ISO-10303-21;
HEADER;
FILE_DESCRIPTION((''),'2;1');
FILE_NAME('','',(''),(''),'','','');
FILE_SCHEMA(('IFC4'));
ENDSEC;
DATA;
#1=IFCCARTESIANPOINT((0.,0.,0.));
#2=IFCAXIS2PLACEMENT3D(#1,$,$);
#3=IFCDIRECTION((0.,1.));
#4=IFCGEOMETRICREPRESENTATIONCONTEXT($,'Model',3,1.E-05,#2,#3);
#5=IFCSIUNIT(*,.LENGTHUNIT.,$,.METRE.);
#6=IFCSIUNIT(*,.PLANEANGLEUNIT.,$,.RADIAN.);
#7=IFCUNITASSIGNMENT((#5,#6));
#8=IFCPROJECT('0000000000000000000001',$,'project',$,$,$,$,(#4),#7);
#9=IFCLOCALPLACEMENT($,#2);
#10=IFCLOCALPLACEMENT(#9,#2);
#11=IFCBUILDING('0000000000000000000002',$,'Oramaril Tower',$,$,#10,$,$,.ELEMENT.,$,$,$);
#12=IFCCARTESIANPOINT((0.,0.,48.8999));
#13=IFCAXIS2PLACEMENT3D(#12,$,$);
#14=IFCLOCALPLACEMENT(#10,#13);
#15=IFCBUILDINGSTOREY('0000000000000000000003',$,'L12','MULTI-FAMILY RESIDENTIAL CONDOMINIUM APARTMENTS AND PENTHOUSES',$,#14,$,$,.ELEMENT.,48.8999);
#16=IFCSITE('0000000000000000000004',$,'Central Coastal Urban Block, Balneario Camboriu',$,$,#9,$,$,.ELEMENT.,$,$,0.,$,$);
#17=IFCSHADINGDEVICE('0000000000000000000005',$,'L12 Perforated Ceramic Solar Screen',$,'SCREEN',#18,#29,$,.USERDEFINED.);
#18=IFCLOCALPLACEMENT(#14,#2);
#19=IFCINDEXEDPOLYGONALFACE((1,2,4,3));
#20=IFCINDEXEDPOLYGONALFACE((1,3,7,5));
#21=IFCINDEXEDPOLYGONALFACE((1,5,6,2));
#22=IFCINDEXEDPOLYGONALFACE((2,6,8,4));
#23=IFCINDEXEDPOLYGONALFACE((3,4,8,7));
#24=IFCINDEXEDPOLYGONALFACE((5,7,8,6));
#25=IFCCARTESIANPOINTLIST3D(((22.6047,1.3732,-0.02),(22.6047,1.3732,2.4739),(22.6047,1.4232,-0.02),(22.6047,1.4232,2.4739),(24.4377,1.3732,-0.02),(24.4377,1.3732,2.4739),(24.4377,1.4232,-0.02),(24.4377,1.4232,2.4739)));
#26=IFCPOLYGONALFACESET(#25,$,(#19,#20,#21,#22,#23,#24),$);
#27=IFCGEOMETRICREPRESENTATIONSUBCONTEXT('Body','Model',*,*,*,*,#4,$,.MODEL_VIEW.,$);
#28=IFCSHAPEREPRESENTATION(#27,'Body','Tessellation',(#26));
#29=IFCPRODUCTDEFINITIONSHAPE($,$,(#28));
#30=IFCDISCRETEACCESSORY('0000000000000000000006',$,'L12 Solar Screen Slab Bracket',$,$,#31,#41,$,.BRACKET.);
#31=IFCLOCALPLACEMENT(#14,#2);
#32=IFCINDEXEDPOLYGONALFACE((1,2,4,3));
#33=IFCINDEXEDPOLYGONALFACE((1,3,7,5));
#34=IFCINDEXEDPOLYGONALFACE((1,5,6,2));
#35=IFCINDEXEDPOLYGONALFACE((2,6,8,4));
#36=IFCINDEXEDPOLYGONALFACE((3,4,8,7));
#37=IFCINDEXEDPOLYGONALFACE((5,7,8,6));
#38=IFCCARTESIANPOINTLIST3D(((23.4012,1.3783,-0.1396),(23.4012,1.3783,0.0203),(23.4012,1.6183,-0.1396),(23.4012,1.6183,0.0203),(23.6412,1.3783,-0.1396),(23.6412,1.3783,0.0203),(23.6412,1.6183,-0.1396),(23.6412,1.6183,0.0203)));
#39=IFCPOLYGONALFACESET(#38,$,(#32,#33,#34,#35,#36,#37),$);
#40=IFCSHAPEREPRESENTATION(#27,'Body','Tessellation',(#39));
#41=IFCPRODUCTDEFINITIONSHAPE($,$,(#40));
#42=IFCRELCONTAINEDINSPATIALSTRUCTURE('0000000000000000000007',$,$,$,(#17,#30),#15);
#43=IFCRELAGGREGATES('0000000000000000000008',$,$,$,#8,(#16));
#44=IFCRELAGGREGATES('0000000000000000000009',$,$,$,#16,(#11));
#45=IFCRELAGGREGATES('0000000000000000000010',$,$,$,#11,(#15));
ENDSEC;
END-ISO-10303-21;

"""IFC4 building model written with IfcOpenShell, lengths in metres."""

from ifc_helpers import new_model, si_unit, direction, frame, origin, origin_2d, place, context, subcontext, project, spatial, rectangle, extrude, element, save


model = new_model("IFC4")

# Units and contexts
model_context = context("Model", 3, precision=1e-05, world=origin(), true_north=direction((0.0, 1.0)))
body_context = subcontext(model_context, "Body", "Model", "MODEL_VIEW")
ifc_project = project(units=[si_unit("LENGTHUNIT", "METRE"), si_unit("PLANEANGLEUNIT", "RADIAN")], contexts=[model_context])

# Site, building, storey
site_placement = place(None, origin())
site = spatial("IfcSite", under=ifc_project, at=site_placement, Name="Central Coastal Urban Block, Balneario Camboriu", CompositionType="ELEMENT", RefElevation=0.0)
building_placement = place(site_placement, origin())
building = spatial("IfcBuilding", under=site, at=building_placement, Name="Oramaril Tower", CompositionType="ELEMENT")
storey_placement = place(building_placement, frame((0.0, 0.0, 48.8999)))
storey = spatial("IfcBuildingStorey", under=building, at=storey_placement, Name="L12", Description="MULTI-FAMILY RESIDENTIAL CONDOMINIUM APARTMENTS AND PENTHOUSES", CompositionType="ELEMENT", Elevation=48.8999)

# Shading device
shading_device_placement = place(storey_placement, frame((23.5212, 1.3982, -0.02), z_axis=(0.0, 0.0, 1.0), x_axis=(1.0, 0.0, 0.0)))
element("IfcShadingDevice", 1, at=shading_device_placement, inside=storey, Name="L12 Perforated Ceramic Solar Screen", ObjectType="SCREEN", PredefinedType="USERDEFINED", context=body_context, shape_type="SweptSolid", body=[
    extrude(rectangle(XDim=1.833, YDim=0.05, at=origin_2d()), origin(), (0.0, 0.0, 1.0), 2.4939),
])

# Discrete accessory
discrete_accessory_placement = place(storey_placement, frame((23.5212, 1.4983, -0.1396), z_axis=(0.0, 0.0, 1.0), x_axis=(1.0, 0.0, 0.0)))
element("IfcDiscreteAccessory", 2, at=discrete_accessory_placement, inside=storey, Name="L12 Solar Screen Slab Bracket", PredefinedType="BRACKET", context=body_context, shape_type="SweptSolid", body=[
    extrude(rectangle(XDim=0.24, YDim=0.24, at=origin_2d()), origin(), (0.0, 0.0, 1.0), 0.1599),
])

save(model, "model.ifc")
